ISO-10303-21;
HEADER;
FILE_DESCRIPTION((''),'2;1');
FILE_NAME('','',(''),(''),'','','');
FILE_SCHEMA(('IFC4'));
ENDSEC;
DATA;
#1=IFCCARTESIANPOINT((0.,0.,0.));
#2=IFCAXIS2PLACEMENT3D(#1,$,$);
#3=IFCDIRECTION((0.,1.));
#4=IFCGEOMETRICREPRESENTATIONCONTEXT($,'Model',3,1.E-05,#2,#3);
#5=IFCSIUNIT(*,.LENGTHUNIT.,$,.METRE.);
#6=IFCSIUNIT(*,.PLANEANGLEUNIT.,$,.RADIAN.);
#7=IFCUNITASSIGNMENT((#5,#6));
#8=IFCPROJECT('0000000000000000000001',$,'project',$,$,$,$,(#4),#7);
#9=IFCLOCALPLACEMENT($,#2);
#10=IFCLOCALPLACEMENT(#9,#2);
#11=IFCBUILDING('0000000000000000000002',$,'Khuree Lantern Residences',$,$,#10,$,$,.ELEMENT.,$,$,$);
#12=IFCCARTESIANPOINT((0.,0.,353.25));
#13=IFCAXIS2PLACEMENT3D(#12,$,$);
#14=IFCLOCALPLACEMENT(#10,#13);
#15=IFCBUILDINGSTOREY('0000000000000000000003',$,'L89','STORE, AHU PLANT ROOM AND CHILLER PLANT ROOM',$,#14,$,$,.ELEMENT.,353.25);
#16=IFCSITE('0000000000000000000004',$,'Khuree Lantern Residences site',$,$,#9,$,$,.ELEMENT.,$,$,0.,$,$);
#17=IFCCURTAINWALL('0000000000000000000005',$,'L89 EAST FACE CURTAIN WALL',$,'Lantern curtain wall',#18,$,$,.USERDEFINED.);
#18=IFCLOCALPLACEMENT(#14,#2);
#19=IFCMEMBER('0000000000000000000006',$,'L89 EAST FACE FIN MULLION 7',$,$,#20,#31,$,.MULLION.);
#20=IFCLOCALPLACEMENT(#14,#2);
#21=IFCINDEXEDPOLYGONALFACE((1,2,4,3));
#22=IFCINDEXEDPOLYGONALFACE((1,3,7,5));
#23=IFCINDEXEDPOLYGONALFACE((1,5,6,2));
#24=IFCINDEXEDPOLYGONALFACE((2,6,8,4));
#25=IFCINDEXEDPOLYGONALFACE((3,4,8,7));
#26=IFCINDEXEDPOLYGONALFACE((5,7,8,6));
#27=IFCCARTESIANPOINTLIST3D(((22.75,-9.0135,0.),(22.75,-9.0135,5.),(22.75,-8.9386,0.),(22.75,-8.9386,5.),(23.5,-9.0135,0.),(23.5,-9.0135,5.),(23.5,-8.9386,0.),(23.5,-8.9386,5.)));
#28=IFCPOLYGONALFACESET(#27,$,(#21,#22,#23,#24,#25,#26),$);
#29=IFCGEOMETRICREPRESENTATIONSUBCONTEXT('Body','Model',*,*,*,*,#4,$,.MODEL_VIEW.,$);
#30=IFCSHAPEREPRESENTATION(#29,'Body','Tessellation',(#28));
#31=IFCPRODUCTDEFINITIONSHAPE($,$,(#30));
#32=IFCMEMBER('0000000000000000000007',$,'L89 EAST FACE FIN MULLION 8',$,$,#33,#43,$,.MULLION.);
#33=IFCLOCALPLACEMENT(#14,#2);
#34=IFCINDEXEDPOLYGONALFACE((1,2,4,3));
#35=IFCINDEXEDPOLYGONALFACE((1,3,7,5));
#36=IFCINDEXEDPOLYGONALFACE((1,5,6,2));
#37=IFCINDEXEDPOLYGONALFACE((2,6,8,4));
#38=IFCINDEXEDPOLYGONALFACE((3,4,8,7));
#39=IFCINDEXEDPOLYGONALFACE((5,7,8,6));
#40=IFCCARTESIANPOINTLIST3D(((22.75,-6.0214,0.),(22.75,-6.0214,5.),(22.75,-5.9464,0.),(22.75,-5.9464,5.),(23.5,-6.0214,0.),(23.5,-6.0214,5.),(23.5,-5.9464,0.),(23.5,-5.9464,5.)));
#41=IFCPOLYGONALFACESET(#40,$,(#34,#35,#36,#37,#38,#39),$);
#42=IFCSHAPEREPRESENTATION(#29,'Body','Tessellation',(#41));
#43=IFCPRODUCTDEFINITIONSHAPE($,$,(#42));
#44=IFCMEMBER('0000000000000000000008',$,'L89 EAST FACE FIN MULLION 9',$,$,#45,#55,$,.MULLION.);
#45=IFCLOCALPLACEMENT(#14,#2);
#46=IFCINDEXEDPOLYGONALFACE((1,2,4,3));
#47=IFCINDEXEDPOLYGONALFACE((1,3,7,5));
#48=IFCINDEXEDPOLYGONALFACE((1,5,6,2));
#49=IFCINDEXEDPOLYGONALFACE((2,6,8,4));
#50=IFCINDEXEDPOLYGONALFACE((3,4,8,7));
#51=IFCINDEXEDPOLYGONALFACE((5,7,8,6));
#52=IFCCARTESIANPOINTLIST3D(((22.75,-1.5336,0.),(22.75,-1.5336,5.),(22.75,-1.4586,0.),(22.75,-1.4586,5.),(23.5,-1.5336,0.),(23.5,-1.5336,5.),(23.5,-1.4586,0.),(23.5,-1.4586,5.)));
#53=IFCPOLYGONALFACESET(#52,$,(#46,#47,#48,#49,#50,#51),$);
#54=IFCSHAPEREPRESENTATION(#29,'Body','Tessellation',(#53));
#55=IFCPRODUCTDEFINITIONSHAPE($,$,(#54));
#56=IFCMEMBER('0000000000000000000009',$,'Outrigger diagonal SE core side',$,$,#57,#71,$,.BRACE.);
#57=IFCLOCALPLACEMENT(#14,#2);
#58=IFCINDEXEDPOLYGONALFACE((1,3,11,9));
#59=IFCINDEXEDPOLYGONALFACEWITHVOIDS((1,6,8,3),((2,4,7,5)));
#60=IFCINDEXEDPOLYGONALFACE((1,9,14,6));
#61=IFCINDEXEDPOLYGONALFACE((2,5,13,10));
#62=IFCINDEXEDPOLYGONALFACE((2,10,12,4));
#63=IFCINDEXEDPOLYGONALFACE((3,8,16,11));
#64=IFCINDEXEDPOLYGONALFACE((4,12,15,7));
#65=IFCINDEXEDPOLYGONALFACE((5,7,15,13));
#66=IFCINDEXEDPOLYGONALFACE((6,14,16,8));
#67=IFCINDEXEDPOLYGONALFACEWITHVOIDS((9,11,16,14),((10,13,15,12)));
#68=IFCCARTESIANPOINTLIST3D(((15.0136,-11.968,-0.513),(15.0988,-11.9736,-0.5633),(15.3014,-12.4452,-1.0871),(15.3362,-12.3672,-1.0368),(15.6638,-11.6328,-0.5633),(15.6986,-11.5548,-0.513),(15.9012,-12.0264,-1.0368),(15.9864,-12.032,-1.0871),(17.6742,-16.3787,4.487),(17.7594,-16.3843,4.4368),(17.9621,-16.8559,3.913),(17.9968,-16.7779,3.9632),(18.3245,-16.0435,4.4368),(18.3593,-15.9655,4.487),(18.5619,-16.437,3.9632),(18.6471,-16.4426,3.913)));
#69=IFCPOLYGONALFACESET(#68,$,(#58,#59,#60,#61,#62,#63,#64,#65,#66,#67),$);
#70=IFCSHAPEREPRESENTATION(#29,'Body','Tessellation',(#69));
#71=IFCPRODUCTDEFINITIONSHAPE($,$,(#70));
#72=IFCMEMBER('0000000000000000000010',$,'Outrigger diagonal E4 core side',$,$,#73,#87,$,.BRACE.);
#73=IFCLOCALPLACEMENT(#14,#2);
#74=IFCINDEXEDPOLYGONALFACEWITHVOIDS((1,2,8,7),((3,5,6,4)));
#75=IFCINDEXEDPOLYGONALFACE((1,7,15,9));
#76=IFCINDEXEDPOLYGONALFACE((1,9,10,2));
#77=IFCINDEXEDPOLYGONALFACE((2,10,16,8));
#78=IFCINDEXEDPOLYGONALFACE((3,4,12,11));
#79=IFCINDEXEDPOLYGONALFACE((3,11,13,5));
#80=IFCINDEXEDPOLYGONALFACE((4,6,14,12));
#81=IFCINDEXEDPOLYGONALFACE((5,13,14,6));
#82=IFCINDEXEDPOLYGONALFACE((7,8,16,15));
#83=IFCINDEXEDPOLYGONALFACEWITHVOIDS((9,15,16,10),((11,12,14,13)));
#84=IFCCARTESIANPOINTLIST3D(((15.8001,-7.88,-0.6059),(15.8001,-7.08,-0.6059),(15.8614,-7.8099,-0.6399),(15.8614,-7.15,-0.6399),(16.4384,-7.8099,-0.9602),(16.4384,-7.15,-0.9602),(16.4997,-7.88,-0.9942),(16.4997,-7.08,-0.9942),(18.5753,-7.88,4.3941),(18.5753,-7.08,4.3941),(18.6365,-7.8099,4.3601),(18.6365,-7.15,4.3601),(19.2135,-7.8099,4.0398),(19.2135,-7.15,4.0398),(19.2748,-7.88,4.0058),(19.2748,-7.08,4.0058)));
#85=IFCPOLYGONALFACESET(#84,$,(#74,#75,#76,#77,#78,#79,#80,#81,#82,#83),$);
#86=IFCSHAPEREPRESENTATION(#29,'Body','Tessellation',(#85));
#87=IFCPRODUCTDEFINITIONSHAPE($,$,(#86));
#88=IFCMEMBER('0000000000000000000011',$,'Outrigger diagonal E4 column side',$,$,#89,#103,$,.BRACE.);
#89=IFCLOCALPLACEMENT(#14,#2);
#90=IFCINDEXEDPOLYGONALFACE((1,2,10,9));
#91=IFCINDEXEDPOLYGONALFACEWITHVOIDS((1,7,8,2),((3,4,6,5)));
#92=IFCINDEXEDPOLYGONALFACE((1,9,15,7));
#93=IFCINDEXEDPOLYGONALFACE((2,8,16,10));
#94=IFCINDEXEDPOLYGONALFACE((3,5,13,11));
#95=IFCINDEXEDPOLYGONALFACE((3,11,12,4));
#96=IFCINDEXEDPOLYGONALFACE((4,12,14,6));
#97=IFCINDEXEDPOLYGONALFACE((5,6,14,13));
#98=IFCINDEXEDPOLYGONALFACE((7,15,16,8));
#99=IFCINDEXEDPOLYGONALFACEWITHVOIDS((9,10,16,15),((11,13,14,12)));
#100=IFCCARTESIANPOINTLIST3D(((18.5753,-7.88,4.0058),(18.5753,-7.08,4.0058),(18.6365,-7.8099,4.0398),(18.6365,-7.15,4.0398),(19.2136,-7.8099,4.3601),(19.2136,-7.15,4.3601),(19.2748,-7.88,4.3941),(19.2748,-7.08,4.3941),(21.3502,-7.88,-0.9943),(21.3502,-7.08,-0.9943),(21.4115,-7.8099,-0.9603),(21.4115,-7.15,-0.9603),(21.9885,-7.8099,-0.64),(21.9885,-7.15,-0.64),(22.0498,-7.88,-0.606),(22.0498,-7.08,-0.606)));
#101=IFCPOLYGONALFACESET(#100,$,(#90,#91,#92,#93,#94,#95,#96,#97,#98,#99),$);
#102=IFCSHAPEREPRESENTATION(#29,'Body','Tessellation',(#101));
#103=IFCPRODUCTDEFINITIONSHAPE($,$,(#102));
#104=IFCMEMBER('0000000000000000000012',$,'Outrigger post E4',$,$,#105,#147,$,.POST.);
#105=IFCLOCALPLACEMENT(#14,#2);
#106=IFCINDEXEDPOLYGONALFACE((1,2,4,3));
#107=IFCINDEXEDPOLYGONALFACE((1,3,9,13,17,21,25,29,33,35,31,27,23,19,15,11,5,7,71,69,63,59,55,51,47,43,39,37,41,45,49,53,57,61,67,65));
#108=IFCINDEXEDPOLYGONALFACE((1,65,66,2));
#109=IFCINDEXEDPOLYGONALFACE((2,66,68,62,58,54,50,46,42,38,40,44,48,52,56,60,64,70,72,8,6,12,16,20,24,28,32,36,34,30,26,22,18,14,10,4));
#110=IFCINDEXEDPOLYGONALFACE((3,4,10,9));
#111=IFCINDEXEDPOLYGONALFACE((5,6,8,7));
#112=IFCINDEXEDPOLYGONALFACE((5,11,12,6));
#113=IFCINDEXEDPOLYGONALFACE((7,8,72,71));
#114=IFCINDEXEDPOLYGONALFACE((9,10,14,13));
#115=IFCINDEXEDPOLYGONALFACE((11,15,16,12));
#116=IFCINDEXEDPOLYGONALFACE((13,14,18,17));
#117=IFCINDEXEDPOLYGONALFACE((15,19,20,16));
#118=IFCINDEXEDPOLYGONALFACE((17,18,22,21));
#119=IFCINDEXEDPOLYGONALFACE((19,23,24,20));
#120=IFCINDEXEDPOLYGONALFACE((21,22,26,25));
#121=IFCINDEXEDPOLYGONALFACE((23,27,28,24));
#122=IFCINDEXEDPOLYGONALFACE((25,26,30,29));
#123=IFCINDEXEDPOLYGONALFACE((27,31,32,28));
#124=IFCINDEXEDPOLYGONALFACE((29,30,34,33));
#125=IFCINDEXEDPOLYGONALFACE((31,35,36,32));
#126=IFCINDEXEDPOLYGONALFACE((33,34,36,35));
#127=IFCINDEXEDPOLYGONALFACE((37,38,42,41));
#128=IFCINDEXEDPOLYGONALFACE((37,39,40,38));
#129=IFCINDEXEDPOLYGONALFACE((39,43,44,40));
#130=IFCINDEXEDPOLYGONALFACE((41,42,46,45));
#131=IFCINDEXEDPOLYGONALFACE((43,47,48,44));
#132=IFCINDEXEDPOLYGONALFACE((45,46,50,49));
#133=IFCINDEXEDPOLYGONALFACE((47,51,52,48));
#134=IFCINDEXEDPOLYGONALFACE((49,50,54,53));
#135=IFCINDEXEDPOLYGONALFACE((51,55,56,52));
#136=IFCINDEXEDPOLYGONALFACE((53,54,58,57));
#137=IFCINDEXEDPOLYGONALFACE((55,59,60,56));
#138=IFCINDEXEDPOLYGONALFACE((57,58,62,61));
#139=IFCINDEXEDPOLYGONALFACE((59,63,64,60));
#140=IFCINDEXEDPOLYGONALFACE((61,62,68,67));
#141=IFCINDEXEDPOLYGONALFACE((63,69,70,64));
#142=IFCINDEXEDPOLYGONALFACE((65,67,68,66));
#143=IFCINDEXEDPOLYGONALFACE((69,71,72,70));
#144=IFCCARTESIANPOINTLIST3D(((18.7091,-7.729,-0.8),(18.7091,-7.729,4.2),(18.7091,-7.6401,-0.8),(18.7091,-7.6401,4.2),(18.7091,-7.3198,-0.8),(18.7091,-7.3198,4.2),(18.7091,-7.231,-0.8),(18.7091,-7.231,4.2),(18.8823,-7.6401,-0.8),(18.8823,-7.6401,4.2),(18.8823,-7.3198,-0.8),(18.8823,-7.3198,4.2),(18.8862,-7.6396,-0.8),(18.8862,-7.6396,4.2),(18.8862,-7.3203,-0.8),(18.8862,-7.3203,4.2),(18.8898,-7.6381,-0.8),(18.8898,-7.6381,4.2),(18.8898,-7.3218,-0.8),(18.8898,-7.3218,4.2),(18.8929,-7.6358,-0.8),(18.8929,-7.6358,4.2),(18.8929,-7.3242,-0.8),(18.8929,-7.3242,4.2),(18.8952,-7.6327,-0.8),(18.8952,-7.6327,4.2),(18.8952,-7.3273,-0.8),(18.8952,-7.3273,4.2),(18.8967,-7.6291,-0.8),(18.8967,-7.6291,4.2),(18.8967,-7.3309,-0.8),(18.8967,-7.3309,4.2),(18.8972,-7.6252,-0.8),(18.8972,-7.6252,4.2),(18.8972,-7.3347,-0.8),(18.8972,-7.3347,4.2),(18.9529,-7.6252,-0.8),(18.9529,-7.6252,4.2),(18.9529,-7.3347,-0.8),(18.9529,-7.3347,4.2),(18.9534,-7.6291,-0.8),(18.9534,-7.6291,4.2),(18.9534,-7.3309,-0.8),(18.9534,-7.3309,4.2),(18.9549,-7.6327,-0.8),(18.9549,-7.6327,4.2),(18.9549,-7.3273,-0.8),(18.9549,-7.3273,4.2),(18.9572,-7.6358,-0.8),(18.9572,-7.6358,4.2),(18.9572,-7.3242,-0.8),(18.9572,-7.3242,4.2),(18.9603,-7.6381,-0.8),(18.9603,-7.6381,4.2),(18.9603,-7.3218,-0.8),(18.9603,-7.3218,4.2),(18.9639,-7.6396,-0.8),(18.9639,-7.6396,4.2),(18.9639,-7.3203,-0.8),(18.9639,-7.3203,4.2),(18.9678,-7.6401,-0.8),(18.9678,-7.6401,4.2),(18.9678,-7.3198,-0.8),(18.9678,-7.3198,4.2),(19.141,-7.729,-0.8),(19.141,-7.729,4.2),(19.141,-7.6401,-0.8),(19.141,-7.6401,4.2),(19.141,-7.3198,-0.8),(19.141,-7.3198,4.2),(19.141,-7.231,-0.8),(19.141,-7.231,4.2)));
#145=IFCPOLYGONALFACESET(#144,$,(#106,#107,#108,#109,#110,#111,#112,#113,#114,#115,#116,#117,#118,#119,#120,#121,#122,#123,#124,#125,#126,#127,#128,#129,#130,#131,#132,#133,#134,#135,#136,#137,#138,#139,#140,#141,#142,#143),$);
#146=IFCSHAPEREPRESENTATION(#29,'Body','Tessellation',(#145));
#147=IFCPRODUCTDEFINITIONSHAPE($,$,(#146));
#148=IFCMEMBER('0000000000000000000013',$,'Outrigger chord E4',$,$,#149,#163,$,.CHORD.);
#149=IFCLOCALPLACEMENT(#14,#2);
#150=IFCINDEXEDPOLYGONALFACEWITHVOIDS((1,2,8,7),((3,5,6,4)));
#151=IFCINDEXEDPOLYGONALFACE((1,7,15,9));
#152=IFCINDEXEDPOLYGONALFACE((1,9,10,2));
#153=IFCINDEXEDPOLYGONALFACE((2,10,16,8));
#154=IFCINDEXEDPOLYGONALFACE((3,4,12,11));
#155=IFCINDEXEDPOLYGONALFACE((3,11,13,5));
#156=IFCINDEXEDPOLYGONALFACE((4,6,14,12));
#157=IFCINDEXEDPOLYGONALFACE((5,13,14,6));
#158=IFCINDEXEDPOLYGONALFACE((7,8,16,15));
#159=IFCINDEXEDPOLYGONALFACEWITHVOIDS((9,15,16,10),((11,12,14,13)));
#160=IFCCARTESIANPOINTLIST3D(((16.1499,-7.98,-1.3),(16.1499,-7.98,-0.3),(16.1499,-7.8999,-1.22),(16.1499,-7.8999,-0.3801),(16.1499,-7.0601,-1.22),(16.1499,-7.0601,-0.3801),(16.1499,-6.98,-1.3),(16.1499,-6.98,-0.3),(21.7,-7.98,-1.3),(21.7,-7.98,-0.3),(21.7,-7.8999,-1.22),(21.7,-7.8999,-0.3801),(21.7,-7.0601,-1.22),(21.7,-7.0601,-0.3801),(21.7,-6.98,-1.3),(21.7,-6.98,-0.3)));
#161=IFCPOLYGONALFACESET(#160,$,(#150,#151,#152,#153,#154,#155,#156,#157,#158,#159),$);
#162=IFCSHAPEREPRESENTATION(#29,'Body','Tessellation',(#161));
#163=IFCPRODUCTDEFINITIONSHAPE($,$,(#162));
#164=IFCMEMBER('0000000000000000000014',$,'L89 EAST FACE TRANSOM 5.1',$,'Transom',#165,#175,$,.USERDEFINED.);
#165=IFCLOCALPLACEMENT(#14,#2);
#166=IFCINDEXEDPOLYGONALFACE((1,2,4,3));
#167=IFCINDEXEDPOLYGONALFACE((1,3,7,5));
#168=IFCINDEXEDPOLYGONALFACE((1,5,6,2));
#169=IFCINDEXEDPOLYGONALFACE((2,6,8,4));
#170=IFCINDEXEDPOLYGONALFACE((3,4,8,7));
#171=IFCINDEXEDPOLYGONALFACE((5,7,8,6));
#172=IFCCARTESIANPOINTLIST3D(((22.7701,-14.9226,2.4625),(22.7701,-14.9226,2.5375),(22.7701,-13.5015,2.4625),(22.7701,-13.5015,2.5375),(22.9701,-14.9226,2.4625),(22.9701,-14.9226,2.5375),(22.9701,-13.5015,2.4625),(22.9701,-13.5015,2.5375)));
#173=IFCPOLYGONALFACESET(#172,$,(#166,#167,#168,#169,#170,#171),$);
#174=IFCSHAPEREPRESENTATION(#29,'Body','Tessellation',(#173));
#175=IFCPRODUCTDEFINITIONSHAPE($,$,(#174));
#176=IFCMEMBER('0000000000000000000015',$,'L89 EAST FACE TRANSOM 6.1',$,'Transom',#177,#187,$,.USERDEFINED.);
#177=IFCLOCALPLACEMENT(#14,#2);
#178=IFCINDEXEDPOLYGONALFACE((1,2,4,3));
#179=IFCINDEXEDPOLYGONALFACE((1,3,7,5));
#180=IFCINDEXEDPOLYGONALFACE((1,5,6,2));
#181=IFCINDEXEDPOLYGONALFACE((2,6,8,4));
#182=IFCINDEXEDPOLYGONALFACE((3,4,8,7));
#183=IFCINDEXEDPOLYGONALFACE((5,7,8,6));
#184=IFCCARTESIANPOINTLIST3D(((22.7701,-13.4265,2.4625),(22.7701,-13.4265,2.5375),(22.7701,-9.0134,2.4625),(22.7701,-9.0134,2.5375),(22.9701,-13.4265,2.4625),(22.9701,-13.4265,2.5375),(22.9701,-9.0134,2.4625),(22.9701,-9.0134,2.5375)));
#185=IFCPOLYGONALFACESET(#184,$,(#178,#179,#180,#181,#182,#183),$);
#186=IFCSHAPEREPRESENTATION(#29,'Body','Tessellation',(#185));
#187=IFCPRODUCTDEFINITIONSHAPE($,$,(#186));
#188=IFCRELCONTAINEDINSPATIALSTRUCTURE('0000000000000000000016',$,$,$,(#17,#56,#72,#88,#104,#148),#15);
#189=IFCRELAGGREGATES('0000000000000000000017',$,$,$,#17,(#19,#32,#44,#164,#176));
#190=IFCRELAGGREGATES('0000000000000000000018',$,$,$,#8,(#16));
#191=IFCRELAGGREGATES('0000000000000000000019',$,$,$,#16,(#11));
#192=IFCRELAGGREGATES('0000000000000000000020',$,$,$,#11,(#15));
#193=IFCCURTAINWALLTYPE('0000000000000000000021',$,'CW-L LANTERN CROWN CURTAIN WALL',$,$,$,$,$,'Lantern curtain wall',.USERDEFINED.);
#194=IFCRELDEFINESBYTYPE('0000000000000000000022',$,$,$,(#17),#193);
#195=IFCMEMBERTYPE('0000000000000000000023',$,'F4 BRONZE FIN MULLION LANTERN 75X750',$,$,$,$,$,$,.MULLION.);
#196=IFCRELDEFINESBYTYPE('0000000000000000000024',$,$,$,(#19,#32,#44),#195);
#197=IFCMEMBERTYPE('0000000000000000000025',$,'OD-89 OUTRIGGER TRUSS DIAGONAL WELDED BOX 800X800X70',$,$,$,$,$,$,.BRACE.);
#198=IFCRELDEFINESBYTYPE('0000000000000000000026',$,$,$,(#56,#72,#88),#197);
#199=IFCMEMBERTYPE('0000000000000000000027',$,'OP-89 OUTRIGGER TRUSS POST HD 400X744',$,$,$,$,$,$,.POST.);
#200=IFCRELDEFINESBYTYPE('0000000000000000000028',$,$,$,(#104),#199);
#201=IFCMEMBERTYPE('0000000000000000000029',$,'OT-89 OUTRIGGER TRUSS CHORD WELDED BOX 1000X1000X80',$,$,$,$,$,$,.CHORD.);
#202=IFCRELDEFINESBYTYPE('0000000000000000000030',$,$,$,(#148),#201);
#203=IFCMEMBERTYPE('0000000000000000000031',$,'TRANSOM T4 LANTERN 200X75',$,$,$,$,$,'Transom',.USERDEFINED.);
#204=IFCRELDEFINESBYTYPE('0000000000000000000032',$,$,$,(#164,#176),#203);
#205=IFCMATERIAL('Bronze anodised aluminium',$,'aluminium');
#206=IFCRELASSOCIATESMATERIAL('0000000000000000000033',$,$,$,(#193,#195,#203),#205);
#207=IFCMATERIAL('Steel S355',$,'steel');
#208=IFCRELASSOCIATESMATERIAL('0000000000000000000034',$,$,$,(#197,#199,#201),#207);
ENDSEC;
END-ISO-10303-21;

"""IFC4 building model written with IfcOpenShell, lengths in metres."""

from ifc_helpers import new_model, si_unit, direction, frame, origin, origin_2d, place, context, subcontext, project, spatial, rectangle, hollow_rectangle, i_section, extrude, material, material_profile, profile_set, type_object, element, aggregate, save


model = new_model("IFC4")

# Units and contexts
model_context = context("Model", 3, precision=1e-05, world=origin(), true_north=direction((0.0, 1.0)))
body_context = subcontext(model_context, "Body", "Model", "MODEL_VIEW")
ifc_project = project(units=[si_unit("LENGTHUNIT", "METRE"), si_unit("PLANEANGLEUNIT", "RADIAN")], contexts=[model_context])

# Site, building, storey
site_placement = place(None, origin())
site = spatial("IfcSite", under=ifc_project, at=site_placement, Name="Khuree Lantern Residences site", CompositionType="ELEMENT", RefElevation=0.0)
building_placement = place(site_placement, origin())
building = spatial("IfcBuilding", under=site, at=building_placement, Name="Khuree Lantern Residences", CompositionType="ELEMENT")
storey_placement = place(building_placement, frame((0.0, 0.0, 353.25)))
storey = spatial("IfcBuildingStorey", under=building, at=storey_placement, Name="L89", Description="STORE, AHU PLANT ROOM AND CHILLER PLANT ROOM", CompositionType="ELEMENT", Elevation=353.25)

# Shared definitions
ifc_material_1 = material(Name="Steel S355", Category="steel")

# Curtain wall, members
ifc_material_2 = material(Name="Bronze anodised aluminium", Category="aluminium")
curtain_wall_type = type_object("IfcCurtainWallType", Name="CW-L LANTERN CROWN CURTAIN WALL", ElementType="Lantern curtain wall", PredefinedType="USERDEFINED", material=ifc_material_2)
curtain_wall_placement = place(storey_placement, origin())
curtain_wall = element("IfcCurtainWall", 1, at=curtain_wall_placement, inside=storey, type_object=curtain_wall_type, Name="L89 EAST FACE CURTAIN WALL", ObjectType="Lantern curtain wall", PredefinedType="USERDEFINED")
ifc_material_profile_1 = material_profile(ifc_material_2, rectangle(XDim=0.075, YDim=0.75, at=origin_2d()), Name="F4 75X750")
ifc_profile_set_1 = profile_set([ifc_material_profile_1], Name="Bronze anodised aluminium")
member_type_1 = type_object("IfcMemberType", Name="F4 BRONZE FIN MULLION LANTERN 75X750", PredefinedType="MULLION", material=ifc_profile_set_1)
member_1_placement = place(storey_placement, frame((23.125, -8.9761, 0.0), z_axis=(0.0, 0.0, 1.0), x_axis=(0.0, 1.0, 0.0)))
member_1 = element("IfcMember", 2, at=member_1_placement, type_object=member_type_1, Name="L89 EAST FACE FIN MULLION 7", PredefinedType="MULLION", context=body_context, shape_type="SweptSolid", body=[
    extrude(rectangle(XDim=0.075, YDim=0.75, at=origin_2d()), origin(), (0.0, 0.0, 1.0), 5.0),
])
member_2_placement = place(storey_placement, frame((23.125, -5.9839, 0.0), z_axis=(0.0, 0.0, 1.0), x_axis=(0.0, 1.0, 0.0)))
member_2 = element("IfcMember", 3, at=member_2_placement, type_object=member_type_1, Name="L89 EAST FACE FIN MULLION 8", PredefinedType="MULLION", context=body_context, shape_type="SweptSolid", body=[
    extrude(rectangle(XDim=0.075, YDim=0.75, at=origin_2d()), origin(), (0.0, 0.0, 1.0), 5.0),
])
member_3_placement = place(storey_placement, frame((23.125, -1.4961, 0.0), z_axis=(0.0, 0.0, 1.0), x_axis=(0.0, 1.0, 0.0)))
member_3 = element("IfcMember", 4, at=member_3_placement, type_object=member_type_1, Name="L89 EAST FACE FIN MULLION 9", PredefinedType="MULLION", context=body_context, shape_type="SweptSolid", body=[
    extrude(rectangle(XDim=0.075, YDim=0.75, at=origin_2d()), origin(), (0.0, 0.0, 1.0), 5.0),
])

# Members
ifc_material_profile_2 = material_profile(ifc_material_1, hollow_rectangle(XDim=0.8, YDim=0.8, WallThickness=0.0701, at=origin_2d()), Name="WELDED BOX 800X800X70")
ifc_profile_set_2 = profile_set([ifc_material_profile_2], Name="Steel S355")
member_type_2 = type_object("IfcMemberType", Name="OD-89 OUTRIGGER TRUSS DIAGONAL WELDED BOX 800X800X70", PredefinedType="BRACE", material=ifc_profile_set_2)
member_4_placement = place(storey_placement, frame((15.5, -12.0, -0.8), z_axis=(0.370634, -0.614413, 0.696511), x_axis=(0.856269, 0.51653, 0.0)))
element("IfcMember", 5, at=member_4_placement, inside=storey, type_object=member_type_2, Name="Outrigger diagonal SE core side", PredefinedType="BRACE", context=body_context, shape_type="SweptSolid", body=[
    extrude(hollow_rectangle(XDim=0.8, YDim=0.8, WallThickness=0.0701, at=origin_2d()), origin(), (0.0, 0.0, 1.0), 7.1787),
])
for number, where, z_axis, x_axis, name in (
    (6, (16.1499, -7.48, -0.8), (0.485291, 0.0, 0.874353), (0.0, 1.0, 0.0), "Outrigger diagonal E4 core side"),
    (7, (18.925, -7.48, 4.2), (0.485259, 0.0, -0.874371), (0.0, 1.0, 0.0), "Outrigger diagonal E4 column side"),
):
    element("IfcMember", number, at=place(storey_placement, frame(where, z_axis=z_axis, x_axis=x_axis)), inside=storey, type_object=member_type_2, Name=name, PredefinedType="BRACE", context=body_context, shape_type="SweptSolid", body=[
        extrude(hollow_rectangle(XDim=0.8, YDim=0.8, WallThickness=0.0701, at=origin_2d()), origin(), (0.0, 0.0, 1.0), 5.7185),
    ])
ifc_material_profile_3 = material_profile(ifc_material_1, i_section(OverallWidth=0.4319, OverallDepth=0.498, WebThickness=0.0557, FlangeThickness=0.0889, FilletRadius=0.0149, at=origin_2d()), Name="HD 400X744")
ifc_profile_set_3 = profile_set([ifc_material_profile_3], Name="Steel S355")
member_type_3 = type_object("IfcMemberType", Name="OP-89 OUTRIGGER TRUSS POST HD 400X744", PredefinedType="POST", material=ifc_profile_set_3)
member_5_placement = place(storey_placement, frame((18.925, -7.48, -0.8), z_axis=(0.0, 0.0, 1.0), x_axis=(1.0, 0.0, 0.0)))
element("IfcMember", 8, at=member_5_placement, inside=storey, type_object=member_type_3, Name="Outrigger post E4", PredefinedType="POST", context=body_context, shape_type="SweptSolid", body=[
    extrude(i_section(OverallWidth=0.4319, OverallDepth=0.498, WebThickness=0.0557, FlangeThickness=0.0889, FilletRadius=0.0149, at=origin_2d()), origin(), (0.0, 0.0, 1.0), 5.0),
])
ifc_material_profile_4 = material_profile(ifc_material_1, hollow_rectangle(XDim=1.0, YDim=1.0, WallThickness=0.0801, at=origin_2d()), Name="WELDED BOX 1000X1000X80")
ifc_profile_set_4 = profile_set([ifc_material_profile_4], Name="Steel S355")
member_type_4 = type_object("IfcMemberType", Name="OT-89 OUTRIGGER TRUSS CHORD WELDED BOX 1000X1000X80", PredefinedType="CHORD", material=ifc_profile_set_4)
member_6_placement = place(storey_placement, frame((21.7, -7.48, -0.8), z_axis=(-1.0, 0.0, 0.0), x_axis=(0.0, -1.0, 0.0)))
element("IfcMember", 9, at=member_6_placement, inside=storey, type_object=member_type_4, Name="Outrigger chord E4", PredefinedType="CHORD", context=body_context, shape_type="SweptSolid", body=[
    extrude(hollow_rectangle(XDim=1.0, YDim=1.0, WallThickness=0.0801, at=origin_2d()), origin(), (0.0, 0.0, 1.0), 5.55),
])

# Members
ifc_material_profile_5 = material_profile(ifc_material_2, rectangle(XDim=0.2, YDim=0.075, at=origin_2d()), Name="T4 200X75")
ifc_profile_set_5 = profile_set([ifc_material_profile_5], Name="Bronze anodised aluminium")
member_type_5 = type_object("IfcMemberType", Name="TRANSOM T4 LANTERN 200X75", ElementType="Transom", PredefinedType="USERDEFINED", material=ifc_profile_set_5)
member_7_placement = place(storey_placement, frame((22.8701, -14.9226, 2.5), z_axis=(0.0, 1.0, 0.0), x_axis=(-1.0, 0.0, 0.0)))
member_7 = element("IfcMember", 10, at=member_7_placement, type_object=member_type_5, Name="L89 EAST FACE TRANSOM 5.1", ObjectType="Transom", PredefinedType="USERDEFINED", context=body_context, shape_type="SweptSolid", body=[
    extrude(rectangle(XDim=0.2, YDim=0.075, at=origin_2d()), origin(), (0.0, 0.0, 1.0), 1.4211),
])
member_8_placement = place(storey_placement, frame((22.8701, -13.4265, 2.5), z_axis=(0.0, 1.0, 0.0), x_axis=(-1.0, 0.0, 0.0)))
member_8 = element("IfcMember", 11, at=member_8_placement, type_object=member_type_5, Name="L89 EAST FACE TRANSOM 6.1", ObjectType="Transom", PredefinedType="USERDEFINED", context=body_context, shape_type="SweptSolid", body=[
    extrude(rectangle(XDim=0.2, YDim=0.075, at=origin_2d()), origin(), (0.0, 0.0, 1.0), 4.4131),
])

aggregate(curtain_wall, [member_1, member_2, member_3, member_7, member_8])

save(model, "model.ifc")
